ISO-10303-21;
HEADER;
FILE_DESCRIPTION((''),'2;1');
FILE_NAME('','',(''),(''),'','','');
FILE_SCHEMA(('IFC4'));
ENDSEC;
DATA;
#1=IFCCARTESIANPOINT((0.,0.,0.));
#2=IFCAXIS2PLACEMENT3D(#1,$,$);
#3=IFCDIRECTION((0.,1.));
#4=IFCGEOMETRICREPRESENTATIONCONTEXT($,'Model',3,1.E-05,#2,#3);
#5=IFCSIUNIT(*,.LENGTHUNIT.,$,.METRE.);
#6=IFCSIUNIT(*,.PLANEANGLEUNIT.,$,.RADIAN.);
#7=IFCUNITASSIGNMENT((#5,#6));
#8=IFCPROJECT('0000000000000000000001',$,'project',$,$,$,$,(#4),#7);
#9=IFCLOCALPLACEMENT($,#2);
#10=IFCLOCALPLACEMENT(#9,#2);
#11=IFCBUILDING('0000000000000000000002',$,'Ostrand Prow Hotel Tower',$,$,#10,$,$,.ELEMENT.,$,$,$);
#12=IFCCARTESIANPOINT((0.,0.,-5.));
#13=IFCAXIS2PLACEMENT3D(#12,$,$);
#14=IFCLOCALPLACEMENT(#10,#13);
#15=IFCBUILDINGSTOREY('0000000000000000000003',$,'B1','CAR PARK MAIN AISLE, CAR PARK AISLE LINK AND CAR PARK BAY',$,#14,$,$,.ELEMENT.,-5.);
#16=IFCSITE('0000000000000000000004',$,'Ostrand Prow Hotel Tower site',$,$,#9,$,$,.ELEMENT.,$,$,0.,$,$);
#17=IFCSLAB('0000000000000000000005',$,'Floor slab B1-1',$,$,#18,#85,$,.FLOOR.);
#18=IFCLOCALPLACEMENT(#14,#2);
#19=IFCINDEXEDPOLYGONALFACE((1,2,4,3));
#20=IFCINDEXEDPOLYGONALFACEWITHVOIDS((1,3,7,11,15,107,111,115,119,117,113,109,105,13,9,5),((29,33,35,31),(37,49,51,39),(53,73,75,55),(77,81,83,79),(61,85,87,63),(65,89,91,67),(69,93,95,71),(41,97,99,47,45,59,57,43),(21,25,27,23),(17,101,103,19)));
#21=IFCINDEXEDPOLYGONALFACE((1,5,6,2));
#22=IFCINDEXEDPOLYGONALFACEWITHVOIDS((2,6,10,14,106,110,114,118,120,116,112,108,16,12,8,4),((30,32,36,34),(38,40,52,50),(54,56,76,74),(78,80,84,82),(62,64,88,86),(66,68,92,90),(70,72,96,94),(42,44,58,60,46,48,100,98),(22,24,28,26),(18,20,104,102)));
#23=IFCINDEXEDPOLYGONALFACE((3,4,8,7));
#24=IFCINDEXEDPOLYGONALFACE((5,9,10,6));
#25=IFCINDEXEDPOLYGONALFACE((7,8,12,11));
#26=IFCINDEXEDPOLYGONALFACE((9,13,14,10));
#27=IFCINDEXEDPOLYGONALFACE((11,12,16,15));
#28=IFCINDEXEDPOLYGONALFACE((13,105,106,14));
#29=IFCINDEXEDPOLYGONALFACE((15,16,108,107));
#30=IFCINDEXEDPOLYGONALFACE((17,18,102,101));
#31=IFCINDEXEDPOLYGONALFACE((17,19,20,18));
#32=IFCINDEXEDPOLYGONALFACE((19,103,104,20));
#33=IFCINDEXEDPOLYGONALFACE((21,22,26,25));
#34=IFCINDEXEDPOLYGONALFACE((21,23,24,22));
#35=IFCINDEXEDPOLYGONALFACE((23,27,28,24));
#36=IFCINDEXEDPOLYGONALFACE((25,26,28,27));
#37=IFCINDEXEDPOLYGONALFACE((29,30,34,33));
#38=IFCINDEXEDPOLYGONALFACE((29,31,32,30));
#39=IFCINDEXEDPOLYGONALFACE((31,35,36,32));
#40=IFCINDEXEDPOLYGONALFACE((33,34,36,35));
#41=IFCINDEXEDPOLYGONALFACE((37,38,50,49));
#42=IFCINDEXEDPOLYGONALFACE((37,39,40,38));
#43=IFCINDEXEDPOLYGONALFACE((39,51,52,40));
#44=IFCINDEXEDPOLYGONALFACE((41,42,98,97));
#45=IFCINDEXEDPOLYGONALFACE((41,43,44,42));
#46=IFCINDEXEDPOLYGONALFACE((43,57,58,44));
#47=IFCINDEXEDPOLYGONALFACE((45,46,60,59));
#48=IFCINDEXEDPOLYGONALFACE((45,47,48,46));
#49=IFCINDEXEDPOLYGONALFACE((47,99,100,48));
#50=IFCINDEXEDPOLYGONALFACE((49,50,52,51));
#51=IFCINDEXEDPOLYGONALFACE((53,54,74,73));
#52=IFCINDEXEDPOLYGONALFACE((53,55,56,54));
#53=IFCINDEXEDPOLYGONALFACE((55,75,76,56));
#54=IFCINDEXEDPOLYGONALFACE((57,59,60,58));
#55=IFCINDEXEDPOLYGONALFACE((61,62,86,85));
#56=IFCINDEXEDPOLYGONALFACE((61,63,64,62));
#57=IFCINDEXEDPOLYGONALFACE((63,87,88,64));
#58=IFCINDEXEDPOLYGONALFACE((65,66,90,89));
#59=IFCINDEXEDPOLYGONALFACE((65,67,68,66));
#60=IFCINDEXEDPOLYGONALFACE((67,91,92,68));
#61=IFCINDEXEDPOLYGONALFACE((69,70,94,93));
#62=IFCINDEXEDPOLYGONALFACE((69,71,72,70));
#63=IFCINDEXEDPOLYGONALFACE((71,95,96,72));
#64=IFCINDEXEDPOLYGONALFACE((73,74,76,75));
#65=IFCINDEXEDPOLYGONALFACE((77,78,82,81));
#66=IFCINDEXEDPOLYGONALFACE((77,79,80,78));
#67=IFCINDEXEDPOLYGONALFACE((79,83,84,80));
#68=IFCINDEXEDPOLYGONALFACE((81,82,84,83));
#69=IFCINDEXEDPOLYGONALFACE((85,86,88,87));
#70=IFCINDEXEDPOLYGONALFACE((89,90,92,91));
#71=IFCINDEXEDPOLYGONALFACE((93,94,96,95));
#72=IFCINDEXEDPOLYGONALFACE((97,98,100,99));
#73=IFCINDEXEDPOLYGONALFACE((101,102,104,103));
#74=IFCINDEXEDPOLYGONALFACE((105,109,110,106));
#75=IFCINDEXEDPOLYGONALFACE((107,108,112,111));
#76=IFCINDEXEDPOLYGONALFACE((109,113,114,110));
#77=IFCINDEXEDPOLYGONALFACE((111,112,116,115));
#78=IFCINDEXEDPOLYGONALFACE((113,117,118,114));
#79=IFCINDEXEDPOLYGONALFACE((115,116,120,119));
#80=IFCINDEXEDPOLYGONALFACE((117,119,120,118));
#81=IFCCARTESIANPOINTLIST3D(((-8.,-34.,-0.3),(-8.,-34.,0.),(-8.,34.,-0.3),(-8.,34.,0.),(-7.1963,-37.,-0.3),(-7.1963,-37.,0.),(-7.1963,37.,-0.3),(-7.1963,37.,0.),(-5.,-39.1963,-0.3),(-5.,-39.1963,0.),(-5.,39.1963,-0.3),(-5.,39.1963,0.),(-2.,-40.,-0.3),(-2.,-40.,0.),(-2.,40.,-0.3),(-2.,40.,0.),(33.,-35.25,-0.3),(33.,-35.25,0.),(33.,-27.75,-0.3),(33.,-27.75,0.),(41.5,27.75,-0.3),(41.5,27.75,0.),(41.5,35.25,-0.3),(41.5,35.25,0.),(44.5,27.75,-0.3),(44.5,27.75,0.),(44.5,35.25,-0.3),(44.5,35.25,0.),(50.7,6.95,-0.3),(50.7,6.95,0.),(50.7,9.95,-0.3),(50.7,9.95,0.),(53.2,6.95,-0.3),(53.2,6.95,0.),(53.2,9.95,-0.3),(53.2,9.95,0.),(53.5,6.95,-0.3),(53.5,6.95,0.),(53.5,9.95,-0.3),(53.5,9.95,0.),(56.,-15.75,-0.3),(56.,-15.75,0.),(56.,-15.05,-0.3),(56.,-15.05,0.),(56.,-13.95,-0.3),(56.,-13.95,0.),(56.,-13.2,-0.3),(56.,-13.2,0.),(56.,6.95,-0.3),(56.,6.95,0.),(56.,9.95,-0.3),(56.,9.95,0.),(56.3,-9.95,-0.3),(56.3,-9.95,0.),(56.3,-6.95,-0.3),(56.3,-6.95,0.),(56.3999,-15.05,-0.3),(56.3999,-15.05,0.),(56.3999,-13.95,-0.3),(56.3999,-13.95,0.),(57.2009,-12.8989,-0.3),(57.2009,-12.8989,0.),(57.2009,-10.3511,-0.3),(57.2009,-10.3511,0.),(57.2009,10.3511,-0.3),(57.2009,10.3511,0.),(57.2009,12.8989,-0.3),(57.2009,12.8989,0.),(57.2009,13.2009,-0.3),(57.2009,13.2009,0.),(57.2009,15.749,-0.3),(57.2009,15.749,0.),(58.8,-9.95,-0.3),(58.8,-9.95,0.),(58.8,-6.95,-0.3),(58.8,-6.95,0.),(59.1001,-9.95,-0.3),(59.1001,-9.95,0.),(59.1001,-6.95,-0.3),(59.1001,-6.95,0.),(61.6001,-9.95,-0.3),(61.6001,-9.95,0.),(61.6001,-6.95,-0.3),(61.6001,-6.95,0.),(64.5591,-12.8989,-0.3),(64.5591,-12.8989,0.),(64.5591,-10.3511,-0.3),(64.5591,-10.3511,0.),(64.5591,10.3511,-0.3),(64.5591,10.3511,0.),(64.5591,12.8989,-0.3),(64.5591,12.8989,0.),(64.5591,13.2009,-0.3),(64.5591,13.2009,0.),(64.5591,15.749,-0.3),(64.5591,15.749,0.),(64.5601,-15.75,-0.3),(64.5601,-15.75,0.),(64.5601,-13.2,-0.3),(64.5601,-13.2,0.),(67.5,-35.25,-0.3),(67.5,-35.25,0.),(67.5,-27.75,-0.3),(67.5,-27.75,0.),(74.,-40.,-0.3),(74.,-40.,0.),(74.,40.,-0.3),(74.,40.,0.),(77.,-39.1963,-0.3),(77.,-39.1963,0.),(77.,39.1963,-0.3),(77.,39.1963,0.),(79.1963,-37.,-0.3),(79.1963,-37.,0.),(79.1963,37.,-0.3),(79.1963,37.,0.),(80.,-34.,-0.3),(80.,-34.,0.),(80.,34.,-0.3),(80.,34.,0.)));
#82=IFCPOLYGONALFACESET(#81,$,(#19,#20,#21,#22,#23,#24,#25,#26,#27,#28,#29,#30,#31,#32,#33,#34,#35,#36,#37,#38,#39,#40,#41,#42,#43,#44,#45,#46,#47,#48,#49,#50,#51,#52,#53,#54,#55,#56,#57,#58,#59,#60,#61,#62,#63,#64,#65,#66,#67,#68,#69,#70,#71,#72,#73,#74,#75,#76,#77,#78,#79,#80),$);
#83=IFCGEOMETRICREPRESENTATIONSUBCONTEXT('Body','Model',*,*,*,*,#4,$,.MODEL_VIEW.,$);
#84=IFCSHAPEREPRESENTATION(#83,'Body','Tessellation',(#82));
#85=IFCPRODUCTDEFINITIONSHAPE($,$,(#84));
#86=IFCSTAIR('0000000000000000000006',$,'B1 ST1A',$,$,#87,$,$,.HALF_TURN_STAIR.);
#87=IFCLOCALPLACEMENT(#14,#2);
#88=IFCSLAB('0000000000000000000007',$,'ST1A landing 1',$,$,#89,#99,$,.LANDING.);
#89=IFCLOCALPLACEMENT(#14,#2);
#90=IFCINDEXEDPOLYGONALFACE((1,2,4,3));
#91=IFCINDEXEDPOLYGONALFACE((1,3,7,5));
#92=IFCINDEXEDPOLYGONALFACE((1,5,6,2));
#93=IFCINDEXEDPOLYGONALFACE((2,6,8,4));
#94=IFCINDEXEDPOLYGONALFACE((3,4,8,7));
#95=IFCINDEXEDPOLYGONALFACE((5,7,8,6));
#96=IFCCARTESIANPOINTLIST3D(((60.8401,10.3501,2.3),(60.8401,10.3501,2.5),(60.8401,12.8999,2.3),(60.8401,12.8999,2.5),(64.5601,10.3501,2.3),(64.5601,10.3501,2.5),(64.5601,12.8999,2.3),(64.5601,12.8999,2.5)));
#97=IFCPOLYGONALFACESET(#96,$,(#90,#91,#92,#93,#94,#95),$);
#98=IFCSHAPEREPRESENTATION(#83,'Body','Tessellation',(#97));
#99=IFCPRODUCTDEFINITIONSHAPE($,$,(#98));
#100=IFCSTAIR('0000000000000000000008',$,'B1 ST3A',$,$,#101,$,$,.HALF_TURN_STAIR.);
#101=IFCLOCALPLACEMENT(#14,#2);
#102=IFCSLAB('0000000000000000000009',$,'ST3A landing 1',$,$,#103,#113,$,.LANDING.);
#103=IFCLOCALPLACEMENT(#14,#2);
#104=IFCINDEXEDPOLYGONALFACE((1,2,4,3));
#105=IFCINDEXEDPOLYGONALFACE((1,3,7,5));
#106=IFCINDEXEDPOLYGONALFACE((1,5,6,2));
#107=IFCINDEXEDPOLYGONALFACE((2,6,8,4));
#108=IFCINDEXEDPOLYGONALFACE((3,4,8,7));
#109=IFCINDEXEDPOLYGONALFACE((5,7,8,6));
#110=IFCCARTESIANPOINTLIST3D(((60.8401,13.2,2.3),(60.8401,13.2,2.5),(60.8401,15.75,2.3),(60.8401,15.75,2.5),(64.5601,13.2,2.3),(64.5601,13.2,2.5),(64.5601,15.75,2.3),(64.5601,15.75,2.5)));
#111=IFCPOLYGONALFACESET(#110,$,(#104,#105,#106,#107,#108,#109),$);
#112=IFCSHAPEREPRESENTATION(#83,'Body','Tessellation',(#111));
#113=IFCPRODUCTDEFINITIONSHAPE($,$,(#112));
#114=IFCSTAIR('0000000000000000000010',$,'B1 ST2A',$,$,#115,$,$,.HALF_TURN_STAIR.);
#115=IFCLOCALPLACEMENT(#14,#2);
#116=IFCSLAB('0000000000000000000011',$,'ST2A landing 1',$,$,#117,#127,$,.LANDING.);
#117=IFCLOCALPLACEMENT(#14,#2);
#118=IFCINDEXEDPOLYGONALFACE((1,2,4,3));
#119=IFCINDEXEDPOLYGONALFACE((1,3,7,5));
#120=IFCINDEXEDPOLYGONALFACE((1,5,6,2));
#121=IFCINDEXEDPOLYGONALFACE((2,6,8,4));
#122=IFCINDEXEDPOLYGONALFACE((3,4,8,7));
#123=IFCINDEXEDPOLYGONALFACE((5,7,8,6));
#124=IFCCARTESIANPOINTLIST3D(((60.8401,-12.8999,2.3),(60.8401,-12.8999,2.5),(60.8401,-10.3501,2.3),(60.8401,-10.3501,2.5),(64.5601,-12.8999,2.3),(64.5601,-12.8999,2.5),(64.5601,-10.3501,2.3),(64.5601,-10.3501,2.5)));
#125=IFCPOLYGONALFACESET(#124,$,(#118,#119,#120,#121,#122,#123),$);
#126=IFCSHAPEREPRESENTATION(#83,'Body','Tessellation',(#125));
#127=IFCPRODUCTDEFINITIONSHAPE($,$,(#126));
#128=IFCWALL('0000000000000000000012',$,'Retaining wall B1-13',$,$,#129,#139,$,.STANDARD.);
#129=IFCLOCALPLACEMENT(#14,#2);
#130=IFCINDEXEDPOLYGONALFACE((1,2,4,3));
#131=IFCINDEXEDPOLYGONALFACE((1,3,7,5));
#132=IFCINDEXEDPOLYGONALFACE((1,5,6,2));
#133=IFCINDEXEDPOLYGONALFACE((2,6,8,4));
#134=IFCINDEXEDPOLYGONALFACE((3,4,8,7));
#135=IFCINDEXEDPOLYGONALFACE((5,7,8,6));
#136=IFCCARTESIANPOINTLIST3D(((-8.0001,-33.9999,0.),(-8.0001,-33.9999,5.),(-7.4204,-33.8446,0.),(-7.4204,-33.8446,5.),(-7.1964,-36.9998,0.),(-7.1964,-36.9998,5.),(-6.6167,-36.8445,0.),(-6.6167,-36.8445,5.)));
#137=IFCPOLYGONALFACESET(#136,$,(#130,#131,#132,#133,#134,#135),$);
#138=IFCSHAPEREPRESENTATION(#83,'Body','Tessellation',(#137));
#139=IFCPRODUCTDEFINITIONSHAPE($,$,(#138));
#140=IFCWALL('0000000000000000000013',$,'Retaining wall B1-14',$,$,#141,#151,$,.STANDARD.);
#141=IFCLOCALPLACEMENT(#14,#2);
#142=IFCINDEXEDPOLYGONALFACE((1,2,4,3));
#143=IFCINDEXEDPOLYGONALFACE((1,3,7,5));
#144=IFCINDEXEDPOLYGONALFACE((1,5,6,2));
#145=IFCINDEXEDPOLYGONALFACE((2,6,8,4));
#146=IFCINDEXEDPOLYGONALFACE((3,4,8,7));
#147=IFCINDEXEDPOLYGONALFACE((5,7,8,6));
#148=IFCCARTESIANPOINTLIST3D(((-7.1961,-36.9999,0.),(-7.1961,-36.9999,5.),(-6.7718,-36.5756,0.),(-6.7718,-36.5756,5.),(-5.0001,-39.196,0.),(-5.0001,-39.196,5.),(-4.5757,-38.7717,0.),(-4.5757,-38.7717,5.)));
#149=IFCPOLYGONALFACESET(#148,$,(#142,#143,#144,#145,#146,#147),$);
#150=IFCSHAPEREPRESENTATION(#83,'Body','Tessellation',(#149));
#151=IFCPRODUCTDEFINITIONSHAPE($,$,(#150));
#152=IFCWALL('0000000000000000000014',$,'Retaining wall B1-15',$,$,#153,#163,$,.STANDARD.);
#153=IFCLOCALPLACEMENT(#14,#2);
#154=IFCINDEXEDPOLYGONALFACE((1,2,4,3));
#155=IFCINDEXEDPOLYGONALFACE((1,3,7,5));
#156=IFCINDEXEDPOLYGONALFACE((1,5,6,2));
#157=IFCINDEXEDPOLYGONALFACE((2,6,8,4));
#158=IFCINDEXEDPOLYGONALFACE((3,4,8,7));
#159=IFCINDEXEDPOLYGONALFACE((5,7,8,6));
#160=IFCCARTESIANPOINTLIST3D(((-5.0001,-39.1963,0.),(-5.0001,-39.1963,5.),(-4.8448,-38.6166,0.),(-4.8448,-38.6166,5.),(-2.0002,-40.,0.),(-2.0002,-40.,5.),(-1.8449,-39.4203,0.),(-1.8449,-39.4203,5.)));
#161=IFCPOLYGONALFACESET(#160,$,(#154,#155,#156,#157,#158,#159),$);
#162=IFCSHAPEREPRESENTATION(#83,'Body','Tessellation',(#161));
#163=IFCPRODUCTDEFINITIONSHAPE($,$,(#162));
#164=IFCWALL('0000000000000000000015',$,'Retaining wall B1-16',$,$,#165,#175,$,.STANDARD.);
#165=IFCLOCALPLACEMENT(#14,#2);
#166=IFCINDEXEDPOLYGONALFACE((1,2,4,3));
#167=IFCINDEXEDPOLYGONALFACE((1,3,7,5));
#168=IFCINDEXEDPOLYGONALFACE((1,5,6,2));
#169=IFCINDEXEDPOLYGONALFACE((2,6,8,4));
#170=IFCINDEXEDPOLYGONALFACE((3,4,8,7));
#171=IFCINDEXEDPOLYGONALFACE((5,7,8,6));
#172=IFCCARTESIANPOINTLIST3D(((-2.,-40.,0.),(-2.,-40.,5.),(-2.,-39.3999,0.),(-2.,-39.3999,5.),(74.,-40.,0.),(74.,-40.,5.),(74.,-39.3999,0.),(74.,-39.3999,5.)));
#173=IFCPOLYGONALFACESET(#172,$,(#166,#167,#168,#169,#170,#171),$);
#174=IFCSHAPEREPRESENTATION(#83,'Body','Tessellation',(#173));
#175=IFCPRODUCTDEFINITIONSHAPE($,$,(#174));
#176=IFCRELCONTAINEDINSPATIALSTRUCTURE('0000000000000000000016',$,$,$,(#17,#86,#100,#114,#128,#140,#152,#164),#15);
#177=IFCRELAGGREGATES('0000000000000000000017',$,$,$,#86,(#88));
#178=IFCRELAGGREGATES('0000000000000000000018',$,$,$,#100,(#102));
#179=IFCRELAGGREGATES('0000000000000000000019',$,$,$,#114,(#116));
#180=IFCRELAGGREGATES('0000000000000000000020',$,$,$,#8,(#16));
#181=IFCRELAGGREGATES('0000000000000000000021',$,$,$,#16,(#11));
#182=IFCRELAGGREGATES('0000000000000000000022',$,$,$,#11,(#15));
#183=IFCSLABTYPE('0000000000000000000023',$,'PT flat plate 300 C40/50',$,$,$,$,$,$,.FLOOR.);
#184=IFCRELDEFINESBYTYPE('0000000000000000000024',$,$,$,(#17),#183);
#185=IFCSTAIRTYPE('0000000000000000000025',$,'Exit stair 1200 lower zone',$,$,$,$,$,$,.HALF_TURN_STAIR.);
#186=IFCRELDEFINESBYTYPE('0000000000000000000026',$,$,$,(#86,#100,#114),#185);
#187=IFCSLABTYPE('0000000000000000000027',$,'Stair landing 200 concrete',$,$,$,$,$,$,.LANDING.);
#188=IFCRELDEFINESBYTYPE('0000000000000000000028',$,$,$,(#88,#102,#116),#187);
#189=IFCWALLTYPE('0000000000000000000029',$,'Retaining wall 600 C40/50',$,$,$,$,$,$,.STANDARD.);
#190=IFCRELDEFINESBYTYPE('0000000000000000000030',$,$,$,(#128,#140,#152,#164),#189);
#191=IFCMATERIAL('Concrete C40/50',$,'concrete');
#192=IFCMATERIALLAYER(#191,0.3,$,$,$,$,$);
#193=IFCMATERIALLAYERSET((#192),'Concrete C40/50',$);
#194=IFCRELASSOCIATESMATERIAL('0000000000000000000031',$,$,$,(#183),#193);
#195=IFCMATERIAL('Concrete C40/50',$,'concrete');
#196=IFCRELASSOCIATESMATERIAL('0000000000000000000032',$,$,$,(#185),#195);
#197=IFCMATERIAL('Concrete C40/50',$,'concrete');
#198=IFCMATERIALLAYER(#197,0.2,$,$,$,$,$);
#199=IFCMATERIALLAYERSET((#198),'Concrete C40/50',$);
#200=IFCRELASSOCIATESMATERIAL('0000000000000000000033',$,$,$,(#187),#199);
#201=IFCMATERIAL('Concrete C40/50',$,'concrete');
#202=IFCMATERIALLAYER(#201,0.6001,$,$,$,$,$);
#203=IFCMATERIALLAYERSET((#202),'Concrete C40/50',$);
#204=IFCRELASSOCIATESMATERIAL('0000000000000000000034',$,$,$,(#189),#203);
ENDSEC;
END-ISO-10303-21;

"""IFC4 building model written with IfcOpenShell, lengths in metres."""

from ifc_helpers import new_model, si_unit, direction, frame, frame_2d, origin, place, context, subcontext, project, spatial, polyline, rectangle, outline, extrude, material, layer, layer_set, type_object, element, aggregate, save


model = new_model("IFC4")

# Units and contexts
model_context = context("Model", 3, precision=1e-05, world=origin(), true_north=direction((0.0, 1.0)))
body_context = subcontext(model_context, "Body", "Model", "MODEL_VIEW")
ifc_project = project(units=[si_unit("LENGTHUNIT", "METRE"), si_unit("PLANEANGLEUNIT", "RADIAN")], contexts=[model_context])

# Site, building, storey
site_placement = place(None, origin())
site = spatial("IfcSite", under=ifc_project, at=site_placement, Name="Ostrand Prow Hotel Tower site", CompositionType="ELEMENT", RefElevation=0.0)
building_placement = place(site_placement, origin())
building = spatial("IfcBuilding", under=site, at=building_placement, Name="Ostrand Prow Hotel Tower", CompositionType="ELEMENT")
storey_placement = place(building_placement, frame((0.0, 0.0, -5.0)))
storey = spatial("IfcBuildingStorey", under=building, at=storey_placement, Name="B1", Description="CAR PARK MAIN AISLE, CAR PARK AISLE LINK AND CAR PARK BAY", CompositionType="ELEMENT", Elevation=-5.0)

# Slab, opening
ifc_material_1 = material(Name="Concrete C40/50", Category="concrete")
ifc_layer_1 = layer(ifc_material_1, 0.3)
ifc_layer_set_1 = layer_set([ifc_layer_1], Name="Concrete C40/50")
slab_type_1 = type_object("IfcSlabType", Name="PT flat plate 300 C40/50", PredefinedType="FLOOR", material=ifc_layer_set_1)
slab_1_placement = place(storey_placement, frame((0.0, 0.0, -0.3)))
slab_1 = element("IfcSlab", 1, at=slab_1_placement, inside=storey, type_object=slab_type_1, Name="Floor slab B1-1", PredefinedType="FLOOR", context=body_context, shape_type="SweptSolid", body=[
    extrude(outline(polyline([(74.0, -40.0), (77.0, -39.1963), (79.1963, -37.0), (80.0, -34.0), (80.0, 34.0), (79.1963, 37.0), (77.0, 39.1963), (74.0, 40.0), (-2.0, 40.0), (-5.0, 39.1963), (-7.1963, 37.0), (-8.0, 34.0), (-8.0, -34.0), (-7.1963, -37.0), (-5.0, -39.1963), (-2.0, -40.0), (74.0, -40.0)]), holes=[polyline([(50.7, 6.95), (53.2, 6.95), (53.2, 9.95), (50.7, 9.95), (50.7, 6.95)]), polyline([(53.5, 6.95), (56.0, 6.95), (56.0, 9.95), (53.5, 9.95), (53.5, 6.95)]), polyline([(56.3, -9.95), (58.8, -9.95), (58.8, -6.95), (56.3, -6.95), (56.3, -9.95)]), polyline([(59.1001, -9.95), (61.6001, -9.95), (61.6001, -6.95), (59.1001, -6.95), (59.1001, -9.95)]), polyline([(57.2009, 10.3511), (57.2009, 12.8989), (64.5591, 12.8989), (64.5591, 10.3511), (57.2009, 10.3511)]), polyline([(57.2009, 13.2009), (57.2009, 15.749), (64.5591, 15.749), (64.5591, 13.2009), (57.2009, 13.2009)]), polyline([(57.2009, -12.8989), (57.2009, -10.3511), (64.5591, -10.3511), (64.5591, -12.8989), (57.2009, -12.8989)]), polyline([(33.0, -35.25), (67.5, -35.25), (67.5, -27.75), (33.0, -27.75), (33.0, -35.25)]), polyline([(41.5, 27.75), (44.5, 27.75), (44.5, 35.25), (41.5, 35.25), (41.5, 27.75)]), polyline([(56.0, -15.75), (56.0, -15.05), (56.3999, -15.05), (56.3999, -13.95), (56.0, -13.95), (56.0, -13.2), (64.5601, -13.2), (64.5601, -15.75), (56.0, -15.75)])]), origin(), (0.0, 0.0, 1.0), 0.3),
])
opening_placement = place(slab_1_placement, origin())
element("IfcOpeningElement", 2, at=opening_placement, cuts=slab_1, PredefinedType="OPENING", context=body_context, shape_type="SweptSolid", body=[
    extrude(outline(polyline([(56.0, -15.75), (56.0, -15.05), (56.3999, -15.05), (56.3999, -13.95), (56.0, -13.95), (56.0, -13.2), (64.5601, -13.2), (64.5601, -15.75), (56.0, -15.75)])), origin(), (0.0, 0.0, 1.0), 0.3),
])

# Stairs, slabs
ifc_material_2 = material(Name="Concrete C40/50", Category="concrete")
stair_type = type_object("IfcStairType", Name="Exit stair 1200 lower zone", PredefinedType="HALF_TURN_STAIR", material=ifc_material_2)
stair_1_placement = place(storey_placement, origin())
stair_1 = element("IfcStair", 3, at=stair_1_placement, inside=storey, type_object=stair_type, Name="B1 ST1A", PredefinedType="HALF_TURN_STAIR")
ifc_material_3 = material(Name="Concrete C40/50", Category="concrete")
ifc_layer_2 = layer(ifc_material_3, 0.2)
ifc_layer_set_2 = layer_set([ifc_layer_2], Name="Concrete C40/50")
slab_type_2 = type_object("IfcSlabType", Name="Stair landing 200 concrete", PredefinedType="LANDING", material=ifc_layer_set_2)
slab_2_placement = place(storey_placement, frame((0.0, 0.0, 2.3)))
slab_2 = element("IfcSlab", 4, at=slab_2_placement, type_object=slab_type_2, Name="ST1A landing 1", PredefinedType="LANDING", context=body_context, shape_type="SweptSolid", body=[
    extrude(outline(polyline([(60.8401, 10.3501), (64.5601, 10.3501), (64.5601, 12.8999), (60.8401, 12.8999), (60.8401, 10.3501)])), origin(), (0.0, 0.0, 1.0), 0.2),
])
aggregate(stair_1, [slab_2])
stair_2_placement = place(storey_placement, origin())
stair_2 = element("IfcStair", 5, at=stair_2_placement, inside=storey, type_object=stair_type, Name="B1 ST3A", PredefinedType="HALF_TURN_STAIR")
slab_3_placement = place(storey_placement, frame((0.0, 0.0, 2.3)))
slab_3 = element("IfcSlab", 6, at=slab_3_placement, type_object=slab_type_2, Name="ST3A landing 1", PredefinedType="LANDING", context=body_context, shape_type="SweptSolid", body=[
    extrude(outline(polyline([(60.8401, 13.2), (64.5601, 13.2), (64.5601, 15.75), (60.8401, 15.75), (60.8401, 13.2)])), origin(), (0.0, 0.0, 1.0), 0.2),
])
aggregate(stair_2, [slab_3])
stair_3_placement = place(storey_placement, origin())
stair_3 = element("IfcStair", 7, at=stair_3_placement, inside=storey, type_object=stair_type, Name="B1 ST2A", PredefinedType="HALF_TURN_STAIR")
slab_4_placement = place(storey_placement, frame((0.0, 0.0, 2.3)))
slab_4 = element("IfcSlab", 8, at=slab_4_placement, type_object=slab_type_2, Name="ST2A landing 1", PredefinedType="LANDING", context=body_context, shape_type="SweptSolid", body=[
    extrude(outline(polyline([(60.8401, -12.8999), (64.5601, -12.8999), (64.5601, -10.3501), (60.8401, -10.3501), (60.8401, -12.8999)])), origin(), (0.0, 0.0, 1.0), 0.2),
])
aggregate(stair_3, [slab_4])

# Walls
ifc_material_4 = material(Name="Concrete C40/50", Category="concrete")
ifc_layer_3 = layer(ifc_material_4, 0.6001)
ifc_layer_set_3 = layer_set([ifc_layer_3], Name="Concrete C40/50")
wall_type = type_object("IfcWallType", Name="Retaining wall 600 C40/50", PredefinedType="STANDARD", material=ifc_layer_set_3)
for number, where, z_axis, x_axis, name in (
    (9, (-7.7102, -33.9224, 0.0), (0.0, 0.0, 1.0), (0.258778, -0.965937, 0.0), "Retaining wall B1-13"),
    (10, (-6.9839, -36.7878, 0.0), (0.0, 0.0, 1.0), (0.707107, -0.707107, 0.0), "Retaining wall B1-14"),
    (11, (-4.9224, -38.9065, 0.0), (0.0, 0.0, 1.0), (0.965937, -0.258778, 0.0), "Retaining wall B1-15"),
):
    element("IfcWall", number, at=place(storey_placement, frame(where, z_axis=z_axis, x_axis=x_axis)), inside=storey, type_object=wall_type, Name=name, PredefinedType="STANDARD", context=body_context, shape_type="SweptSolid", body=[
        extrude(rectangle(XDim=3.1057, YDim=0.6001, at=frame_2d((1.5527, 0.0))), origin(), (0.0, 0.0, 1.0), 5.0),
    ])
wall_placement = place(storey_placement, frame((-2.0, -39.7, 0.0), z_axis=(0.0, 0.0, 1.0), x_axis=(1.0, 0.0, 0.0)))
element("IfcWall", 12, at=wall_placement, inside=storey, type_object=wall_type, Name="Retaining wall B1-16", PredefinedType="STANDARD", context=body_context, shape_type="SweptSolid", body=[
    extrude(rectangle(XDim=76.0, YDim=0.6001, at=frame_2d((38.0, 0.0))), origin(), (0.0, 0.0, 1.0), 5.0),
])

save(model, "model.ifc")
